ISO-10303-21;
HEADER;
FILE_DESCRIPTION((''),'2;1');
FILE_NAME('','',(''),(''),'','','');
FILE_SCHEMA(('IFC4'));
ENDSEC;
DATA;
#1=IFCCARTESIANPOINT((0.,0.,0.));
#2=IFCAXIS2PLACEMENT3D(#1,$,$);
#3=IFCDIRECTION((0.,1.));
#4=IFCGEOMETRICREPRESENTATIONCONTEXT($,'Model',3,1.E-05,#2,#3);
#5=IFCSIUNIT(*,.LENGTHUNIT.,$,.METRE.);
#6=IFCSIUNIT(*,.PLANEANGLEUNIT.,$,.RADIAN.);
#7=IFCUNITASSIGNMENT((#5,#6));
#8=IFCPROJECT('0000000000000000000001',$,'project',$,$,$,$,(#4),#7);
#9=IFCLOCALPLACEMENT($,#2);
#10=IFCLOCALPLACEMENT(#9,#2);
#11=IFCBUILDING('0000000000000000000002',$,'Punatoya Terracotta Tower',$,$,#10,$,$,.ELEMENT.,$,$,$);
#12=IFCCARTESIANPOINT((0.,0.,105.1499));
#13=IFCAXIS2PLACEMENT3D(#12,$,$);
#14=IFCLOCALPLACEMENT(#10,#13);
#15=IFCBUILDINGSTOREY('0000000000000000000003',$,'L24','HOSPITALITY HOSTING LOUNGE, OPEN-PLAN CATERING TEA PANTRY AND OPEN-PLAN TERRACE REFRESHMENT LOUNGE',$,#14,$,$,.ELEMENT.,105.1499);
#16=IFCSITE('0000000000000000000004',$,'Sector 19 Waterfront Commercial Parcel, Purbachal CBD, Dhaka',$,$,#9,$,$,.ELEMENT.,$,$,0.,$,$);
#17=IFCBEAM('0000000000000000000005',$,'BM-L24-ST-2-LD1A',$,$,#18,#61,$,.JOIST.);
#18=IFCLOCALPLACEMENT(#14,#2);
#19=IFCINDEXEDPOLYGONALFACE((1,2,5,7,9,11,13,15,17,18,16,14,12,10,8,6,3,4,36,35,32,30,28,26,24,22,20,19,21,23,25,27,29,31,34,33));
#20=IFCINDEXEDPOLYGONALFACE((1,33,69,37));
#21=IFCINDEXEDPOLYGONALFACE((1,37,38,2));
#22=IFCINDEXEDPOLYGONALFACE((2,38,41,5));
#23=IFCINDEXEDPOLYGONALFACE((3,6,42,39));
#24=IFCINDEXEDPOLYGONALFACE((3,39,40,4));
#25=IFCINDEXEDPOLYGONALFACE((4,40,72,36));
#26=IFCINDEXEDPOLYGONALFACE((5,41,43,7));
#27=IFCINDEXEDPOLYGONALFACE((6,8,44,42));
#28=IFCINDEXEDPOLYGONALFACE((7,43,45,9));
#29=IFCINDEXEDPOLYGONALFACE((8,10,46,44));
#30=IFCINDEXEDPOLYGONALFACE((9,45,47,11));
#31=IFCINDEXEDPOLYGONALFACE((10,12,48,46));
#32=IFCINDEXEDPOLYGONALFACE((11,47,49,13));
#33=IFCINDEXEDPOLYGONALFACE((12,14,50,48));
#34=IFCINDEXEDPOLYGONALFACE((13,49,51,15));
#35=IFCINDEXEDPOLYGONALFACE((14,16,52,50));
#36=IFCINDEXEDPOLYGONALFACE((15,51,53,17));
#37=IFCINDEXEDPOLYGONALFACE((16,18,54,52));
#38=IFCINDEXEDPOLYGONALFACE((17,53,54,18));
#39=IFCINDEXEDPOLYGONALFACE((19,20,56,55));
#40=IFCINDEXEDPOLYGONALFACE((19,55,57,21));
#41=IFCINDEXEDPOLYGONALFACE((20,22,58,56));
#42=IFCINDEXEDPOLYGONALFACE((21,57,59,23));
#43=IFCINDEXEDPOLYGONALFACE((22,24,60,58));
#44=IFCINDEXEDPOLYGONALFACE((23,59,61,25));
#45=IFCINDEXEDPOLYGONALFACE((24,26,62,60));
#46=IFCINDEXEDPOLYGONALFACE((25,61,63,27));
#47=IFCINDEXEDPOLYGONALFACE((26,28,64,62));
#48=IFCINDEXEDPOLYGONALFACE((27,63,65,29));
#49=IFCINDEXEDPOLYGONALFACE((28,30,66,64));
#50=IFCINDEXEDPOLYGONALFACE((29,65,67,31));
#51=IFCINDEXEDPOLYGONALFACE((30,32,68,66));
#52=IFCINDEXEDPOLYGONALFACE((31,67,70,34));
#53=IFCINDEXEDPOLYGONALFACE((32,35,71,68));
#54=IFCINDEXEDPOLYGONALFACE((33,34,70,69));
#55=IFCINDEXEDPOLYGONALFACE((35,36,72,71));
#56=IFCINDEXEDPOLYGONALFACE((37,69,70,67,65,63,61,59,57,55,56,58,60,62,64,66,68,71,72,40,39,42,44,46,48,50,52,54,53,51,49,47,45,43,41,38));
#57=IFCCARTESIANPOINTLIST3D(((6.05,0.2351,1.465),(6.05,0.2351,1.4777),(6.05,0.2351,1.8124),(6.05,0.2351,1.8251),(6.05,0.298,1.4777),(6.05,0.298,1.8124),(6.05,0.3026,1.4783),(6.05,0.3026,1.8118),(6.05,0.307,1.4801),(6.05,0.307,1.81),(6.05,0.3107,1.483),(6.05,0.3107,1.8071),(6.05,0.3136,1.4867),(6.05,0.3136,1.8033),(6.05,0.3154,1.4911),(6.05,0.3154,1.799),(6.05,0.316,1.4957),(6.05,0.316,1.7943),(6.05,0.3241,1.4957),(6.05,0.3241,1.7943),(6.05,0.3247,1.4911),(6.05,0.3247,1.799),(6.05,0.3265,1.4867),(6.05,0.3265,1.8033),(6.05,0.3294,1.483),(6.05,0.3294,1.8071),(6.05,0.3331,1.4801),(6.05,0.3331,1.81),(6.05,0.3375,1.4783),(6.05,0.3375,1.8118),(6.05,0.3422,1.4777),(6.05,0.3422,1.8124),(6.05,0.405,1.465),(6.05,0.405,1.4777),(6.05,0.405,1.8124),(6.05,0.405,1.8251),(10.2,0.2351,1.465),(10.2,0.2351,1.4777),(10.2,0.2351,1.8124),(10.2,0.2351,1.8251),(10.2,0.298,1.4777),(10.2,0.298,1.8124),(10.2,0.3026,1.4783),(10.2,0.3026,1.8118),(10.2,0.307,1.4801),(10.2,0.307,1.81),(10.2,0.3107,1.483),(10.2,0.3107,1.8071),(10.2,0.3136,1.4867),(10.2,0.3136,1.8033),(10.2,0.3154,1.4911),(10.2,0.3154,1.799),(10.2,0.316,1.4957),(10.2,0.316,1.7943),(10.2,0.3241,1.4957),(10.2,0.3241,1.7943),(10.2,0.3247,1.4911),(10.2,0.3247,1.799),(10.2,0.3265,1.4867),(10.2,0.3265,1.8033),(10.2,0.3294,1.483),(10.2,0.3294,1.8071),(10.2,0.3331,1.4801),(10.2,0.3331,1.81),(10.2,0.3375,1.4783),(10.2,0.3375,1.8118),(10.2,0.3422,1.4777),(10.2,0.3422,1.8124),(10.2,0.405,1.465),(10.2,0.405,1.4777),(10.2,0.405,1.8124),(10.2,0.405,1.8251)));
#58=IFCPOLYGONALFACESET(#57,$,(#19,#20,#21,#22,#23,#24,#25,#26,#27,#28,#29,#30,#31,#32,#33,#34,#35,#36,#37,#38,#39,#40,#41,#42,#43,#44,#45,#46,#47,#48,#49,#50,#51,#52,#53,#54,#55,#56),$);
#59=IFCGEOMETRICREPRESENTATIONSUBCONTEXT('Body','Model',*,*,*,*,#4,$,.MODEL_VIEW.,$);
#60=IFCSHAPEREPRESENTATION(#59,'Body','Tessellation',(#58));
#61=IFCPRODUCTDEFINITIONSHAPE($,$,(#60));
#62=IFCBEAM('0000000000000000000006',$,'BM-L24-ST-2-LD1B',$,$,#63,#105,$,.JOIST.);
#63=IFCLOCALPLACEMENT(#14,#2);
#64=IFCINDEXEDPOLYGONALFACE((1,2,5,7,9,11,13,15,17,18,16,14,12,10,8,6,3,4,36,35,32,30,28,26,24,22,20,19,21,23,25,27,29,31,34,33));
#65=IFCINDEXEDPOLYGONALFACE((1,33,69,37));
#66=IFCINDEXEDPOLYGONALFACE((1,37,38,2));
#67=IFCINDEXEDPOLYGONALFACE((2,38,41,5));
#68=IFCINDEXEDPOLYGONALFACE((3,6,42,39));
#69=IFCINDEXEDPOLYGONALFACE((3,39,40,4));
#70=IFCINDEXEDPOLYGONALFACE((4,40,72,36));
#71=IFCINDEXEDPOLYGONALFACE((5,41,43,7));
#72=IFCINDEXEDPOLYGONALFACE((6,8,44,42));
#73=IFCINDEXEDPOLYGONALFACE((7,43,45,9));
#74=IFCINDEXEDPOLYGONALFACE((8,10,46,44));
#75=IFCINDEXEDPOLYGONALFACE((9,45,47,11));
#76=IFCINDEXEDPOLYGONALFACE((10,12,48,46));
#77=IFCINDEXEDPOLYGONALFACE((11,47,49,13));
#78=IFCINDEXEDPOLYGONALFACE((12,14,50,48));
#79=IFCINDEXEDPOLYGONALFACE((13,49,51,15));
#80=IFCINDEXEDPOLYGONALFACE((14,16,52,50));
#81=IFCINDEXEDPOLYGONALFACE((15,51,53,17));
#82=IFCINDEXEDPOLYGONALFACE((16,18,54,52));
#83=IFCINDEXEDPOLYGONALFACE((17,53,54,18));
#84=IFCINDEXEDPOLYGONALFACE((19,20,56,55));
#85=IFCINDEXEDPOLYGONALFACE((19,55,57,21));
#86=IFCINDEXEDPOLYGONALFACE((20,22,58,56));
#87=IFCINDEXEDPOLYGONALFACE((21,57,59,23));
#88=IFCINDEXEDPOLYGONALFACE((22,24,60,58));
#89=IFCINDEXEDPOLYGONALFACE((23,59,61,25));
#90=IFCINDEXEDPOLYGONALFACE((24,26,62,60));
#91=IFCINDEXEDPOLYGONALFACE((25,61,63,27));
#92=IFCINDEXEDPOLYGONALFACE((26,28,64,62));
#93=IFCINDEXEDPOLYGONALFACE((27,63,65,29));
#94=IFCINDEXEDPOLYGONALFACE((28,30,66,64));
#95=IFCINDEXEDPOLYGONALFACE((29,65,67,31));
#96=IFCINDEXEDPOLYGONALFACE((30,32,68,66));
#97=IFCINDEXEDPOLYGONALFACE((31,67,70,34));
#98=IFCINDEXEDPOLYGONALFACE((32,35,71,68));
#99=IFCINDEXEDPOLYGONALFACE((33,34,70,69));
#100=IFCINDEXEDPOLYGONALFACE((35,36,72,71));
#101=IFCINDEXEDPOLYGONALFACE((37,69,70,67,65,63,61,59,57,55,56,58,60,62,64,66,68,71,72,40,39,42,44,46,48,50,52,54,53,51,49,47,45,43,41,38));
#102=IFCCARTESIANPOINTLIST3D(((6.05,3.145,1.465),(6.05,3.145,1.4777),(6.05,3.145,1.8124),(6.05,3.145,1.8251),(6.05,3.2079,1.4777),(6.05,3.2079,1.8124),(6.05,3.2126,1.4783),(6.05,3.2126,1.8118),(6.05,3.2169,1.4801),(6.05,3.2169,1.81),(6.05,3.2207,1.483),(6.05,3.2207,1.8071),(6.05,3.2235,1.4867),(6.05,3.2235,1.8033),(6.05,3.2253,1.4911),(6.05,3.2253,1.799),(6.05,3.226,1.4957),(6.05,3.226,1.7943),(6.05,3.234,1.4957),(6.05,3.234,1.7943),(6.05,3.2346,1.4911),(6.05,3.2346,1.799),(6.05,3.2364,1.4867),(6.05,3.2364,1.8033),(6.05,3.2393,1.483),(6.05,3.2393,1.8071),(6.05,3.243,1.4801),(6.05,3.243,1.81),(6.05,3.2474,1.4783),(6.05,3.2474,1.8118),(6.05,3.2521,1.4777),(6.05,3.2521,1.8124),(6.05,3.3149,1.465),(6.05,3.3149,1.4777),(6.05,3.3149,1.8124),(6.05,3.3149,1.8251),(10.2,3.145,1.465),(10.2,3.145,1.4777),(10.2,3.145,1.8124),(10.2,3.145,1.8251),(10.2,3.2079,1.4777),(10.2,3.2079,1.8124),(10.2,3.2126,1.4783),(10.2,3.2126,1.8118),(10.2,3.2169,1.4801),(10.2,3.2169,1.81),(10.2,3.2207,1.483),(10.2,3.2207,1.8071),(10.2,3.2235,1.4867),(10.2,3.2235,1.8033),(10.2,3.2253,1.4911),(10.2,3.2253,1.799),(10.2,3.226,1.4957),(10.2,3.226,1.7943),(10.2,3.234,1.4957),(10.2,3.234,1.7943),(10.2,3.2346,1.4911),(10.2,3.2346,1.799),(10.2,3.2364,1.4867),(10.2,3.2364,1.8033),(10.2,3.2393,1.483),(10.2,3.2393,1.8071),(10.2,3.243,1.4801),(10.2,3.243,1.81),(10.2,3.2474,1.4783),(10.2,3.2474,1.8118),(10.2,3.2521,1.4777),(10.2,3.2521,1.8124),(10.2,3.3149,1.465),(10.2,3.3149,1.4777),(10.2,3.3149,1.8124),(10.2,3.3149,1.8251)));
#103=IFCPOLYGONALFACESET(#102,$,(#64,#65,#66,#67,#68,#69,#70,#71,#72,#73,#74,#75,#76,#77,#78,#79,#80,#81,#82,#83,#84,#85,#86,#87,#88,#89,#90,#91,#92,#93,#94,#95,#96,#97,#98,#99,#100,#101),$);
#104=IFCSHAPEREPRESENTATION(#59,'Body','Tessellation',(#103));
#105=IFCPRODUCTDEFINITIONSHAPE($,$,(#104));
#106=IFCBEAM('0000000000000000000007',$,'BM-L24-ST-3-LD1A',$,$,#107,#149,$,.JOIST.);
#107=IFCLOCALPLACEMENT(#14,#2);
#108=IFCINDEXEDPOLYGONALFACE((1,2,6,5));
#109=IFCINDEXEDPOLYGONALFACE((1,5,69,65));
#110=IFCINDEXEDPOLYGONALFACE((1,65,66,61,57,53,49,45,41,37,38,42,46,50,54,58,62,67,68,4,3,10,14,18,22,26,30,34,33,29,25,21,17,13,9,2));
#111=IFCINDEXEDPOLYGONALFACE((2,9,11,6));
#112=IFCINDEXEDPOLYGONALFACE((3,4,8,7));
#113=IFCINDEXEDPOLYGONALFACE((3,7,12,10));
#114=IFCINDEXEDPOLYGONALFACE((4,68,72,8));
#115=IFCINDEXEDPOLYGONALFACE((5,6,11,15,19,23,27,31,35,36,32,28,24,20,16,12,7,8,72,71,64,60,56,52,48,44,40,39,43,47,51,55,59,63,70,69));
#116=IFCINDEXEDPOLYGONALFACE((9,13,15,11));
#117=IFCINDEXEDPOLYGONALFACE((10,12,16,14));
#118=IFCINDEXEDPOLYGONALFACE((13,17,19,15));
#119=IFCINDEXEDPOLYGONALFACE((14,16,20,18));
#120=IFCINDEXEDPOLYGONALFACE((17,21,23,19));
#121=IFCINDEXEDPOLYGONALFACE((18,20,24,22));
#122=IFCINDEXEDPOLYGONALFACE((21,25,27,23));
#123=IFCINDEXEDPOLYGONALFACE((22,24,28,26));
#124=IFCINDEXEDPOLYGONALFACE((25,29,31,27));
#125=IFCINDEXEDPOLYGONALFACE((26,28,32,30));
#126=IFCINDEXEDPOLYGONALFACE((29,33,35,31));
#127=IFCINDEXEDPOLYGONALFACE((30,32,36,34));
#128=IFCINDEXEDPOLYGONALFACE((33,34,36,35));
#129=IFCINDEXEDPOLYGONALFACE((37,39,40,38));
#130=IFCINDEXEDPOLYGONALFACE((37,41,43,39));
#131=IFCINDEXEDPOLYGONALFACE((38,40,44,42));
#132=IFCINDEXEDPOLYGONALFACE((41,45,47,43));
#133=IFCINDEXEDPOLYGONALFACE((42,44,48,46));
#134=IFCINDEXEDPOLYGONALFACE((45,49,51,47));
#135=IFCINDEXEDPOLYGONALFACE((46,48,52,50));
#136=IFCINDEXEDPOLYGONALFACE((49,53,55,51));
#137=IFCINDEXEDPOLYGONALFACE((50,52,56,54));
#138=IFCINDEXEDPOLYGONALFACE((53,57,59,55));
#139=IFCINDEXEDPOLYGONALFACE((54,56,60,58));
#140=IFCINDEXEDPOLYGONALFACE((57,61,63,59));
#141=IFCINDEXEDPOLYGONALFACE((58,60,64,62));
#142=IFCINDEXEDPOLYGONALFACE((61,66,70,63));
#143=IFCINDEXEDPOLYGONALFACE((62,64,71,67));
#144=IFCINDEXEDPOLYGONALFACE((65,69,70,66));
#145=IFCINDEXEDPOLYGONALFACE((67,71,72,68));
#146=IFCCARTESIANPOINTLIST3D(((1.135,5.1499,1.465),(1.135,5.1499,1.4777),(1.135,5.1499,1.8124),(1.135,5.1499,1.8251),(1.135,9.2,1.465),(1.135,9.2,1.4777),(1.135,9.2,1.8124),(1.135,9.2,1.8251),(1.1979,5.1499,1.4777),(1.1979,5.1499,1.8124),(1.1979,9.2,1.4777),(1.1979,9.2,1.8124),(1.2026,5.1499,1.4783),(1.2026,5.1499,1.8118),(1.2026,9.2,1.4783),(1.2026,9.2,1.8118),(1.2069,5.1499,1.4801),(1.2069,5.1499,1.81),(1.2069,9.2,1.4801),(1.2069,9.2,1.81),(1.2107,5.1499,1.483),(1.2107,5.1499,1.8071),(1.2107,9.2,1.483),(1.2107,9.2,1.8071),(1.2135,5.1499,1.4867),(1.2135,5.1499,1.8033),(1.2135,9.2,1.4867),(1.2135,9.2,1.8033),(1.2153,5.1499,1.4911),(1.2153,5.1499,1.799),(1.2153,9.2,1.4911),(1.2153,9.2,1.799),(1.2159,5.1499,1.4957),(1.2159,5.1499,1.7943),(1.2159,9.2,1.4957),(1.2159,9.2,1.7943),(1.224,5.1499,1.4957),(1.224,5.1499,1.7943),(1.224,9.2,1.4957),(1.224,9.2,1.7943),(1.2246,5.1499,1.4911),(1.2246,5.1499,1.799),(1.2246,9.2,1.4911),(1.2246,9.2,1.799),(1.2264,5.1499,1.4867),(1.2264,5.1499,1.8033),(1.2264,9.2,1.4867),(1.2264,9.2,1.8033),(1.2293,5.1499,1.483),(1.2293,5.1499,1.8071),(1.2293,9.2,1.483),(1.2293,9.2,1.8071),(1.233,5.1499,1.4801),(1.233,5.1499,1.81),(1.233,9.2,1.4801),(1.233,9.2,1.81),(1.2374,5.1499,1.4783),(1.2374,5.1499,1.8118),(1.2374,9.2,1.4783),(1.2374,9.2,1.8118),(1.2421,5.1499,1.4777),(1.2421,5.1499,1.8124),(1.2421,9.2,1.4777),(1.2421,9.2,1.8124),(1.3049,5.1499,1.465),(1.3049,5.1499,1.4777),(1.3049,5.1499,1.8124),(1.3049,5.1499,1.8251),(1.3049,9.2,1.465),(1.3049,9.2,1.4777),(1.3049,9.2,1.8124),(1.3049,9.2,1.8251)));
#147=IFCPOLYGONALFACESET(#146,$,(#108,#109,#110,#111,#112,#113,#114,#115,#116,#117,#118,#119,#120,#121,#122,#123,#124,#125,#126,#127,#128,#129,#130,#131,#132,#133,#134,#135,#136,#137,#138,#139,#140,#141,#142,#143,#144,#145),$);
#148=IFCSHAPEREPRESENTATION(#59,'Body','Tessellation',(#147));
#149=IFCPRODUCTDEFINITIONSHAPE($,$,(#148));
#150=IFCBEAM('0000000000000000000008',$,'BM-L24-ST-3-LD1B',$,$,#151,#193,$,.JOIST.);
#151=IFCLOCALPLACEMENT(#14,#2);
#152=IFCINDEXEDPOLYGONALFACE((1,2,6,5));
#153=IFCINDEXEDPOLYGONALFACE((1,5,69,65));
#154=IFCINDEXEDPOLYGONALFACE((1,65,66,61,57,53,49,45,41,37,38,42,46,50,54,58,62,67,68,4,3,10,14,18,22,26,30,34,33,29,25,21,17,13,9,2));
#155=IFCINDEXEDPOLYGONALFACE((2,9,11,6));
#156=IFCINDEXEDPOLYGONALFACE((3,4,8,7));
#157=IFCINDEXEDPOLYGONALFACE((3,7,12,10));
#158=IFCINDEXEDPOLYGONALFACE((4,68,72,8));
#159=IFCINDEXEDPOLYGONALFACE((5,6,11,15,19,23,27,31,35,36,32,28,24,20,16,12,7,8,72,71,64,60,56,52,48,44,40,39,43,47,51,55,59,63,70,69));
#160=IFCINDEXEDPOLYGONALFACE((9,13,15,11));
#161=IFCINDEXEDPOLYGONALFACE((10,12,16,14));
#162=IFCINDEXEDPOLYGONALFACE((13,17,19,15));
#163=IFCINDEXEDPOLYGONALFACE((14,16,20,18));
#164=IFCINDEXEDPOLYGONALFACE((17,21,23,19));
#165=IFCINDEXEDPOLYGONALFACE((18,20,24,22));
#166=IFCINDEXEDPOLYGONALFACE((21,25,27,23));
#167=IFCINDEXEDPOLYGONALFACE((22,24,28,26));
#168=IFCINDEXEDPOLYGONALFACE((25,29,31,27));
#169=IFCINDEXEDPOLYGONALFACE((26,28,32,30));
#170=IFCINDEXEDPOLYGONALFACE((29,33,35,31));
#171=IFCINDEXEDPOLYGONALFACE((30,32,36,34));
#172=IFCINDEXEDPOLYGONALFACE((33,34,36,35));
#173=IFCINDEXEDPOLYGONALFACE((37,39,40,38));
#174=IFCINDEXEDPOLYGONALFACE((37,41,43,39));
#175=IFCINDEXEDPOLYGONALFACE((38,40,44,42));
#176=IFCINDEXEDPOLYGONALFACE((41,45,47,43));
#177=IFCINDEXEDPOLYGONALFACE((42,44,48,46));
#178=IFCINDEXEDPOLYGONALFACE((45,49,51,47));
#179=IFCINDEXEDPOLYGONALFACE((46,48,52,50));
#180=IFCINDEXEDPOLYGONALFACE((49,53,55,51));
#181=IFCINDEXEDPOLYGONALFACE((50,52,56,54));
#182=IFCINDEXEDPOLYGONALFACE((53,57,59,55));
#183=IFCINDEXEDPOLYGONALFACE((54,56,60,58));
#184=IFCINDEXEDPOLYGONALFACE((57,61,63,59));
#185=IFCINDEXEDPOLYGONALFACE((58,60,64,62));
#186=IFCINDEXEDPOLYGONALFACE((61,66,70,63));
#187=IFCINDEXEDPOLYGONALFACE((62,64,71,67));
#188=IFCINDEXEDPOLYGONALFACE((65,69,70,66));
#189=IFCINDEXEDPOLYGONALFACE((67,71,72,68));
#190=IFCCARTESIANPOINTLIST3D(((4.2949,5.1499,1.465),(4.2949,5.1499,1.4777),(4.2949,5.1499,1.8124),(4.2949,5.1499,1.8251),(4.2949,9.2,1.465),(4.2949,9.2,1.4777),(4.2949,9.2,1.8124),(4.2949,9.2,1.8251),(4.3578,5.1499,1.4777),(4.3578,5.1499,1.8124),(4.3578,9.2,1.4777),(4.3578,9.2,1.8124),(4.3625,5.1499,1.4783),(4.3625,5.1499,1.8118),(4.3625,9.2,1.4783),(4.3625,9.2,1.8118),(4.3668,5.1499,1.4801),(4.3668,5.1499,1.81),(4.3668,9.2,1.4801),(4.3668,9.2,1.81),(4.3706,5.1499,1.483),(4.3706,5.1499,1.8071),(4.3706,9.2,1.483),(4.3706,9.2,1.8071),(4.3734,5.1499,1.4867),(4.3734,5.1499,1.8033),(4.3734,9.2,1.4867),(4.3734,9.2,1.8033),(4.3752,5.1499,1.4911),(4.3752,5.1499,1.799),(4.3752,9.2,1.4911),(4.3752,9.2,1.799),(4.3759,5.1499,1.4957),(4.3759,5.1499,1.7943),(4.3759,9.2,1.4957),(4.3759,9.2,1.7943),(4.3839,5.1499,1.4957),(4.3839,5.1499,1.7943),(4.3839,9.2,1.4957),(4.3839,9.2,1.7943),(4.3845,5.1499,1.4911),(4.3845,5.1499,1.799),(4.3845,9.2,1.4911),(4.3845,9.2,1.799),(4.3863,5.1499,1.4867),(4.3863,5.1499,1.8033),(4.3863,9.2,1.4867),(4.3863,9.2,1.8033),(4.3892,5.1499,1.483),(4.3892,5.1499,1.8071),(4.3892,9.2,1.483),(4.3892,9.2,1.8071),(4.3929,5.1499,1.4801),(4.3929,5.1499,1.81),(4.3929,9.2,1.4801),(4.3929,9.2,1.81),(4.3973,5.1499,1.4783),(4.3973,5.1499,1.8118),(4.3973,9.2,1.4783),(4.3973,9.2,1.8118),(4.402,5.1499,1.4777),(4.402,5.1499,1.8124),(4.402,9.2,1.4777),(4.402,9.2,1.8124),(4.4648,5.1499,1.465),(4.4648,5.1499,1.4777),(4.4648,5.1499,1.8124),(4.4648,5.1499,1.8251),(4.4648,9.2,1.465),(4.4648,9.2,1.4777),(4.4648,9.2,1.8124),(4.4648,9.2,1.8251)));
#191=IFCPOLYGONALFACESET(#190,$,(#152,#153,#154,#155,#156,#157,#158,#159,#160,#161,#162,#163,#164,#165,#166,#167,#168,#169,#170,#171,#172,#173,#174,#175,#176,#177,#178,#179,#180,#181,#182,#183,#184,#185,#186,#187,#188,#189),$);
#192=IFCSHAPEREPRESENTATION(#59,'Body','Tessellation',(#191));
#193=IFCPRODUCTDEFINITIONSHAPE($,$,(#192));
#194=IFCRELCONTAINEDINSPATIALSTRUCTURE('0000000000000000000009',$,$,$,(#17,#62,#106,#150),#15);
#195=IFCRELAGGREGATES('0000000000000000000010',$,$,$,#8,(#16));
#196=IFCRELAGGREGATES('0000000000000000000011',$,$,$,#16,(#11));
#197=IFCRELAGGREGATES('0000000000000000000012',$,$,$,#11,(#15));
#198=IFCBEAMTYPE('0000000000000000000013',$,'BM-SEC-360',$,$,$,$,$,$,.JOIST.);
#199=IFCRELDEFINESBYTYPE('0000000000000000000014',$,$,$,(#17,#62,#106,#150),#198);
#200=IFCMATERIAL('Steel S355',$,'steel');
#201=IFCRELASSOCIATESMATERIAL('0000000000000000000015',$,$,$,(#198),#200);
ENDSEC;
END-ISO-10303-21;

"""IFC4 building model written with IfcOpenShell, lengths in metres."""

from ifc_helpers import new_model, si_unit, direction, frame, origin, origin_2d, place, context, subcontext, project, spatial, i_section, extrude, material, material_profile, profile_set, type_object, element, save


model = new_model("IFC4")

# Units and contexts
model_context = context("Model", 3, precision=1e-05, world=origin(), true_north=direction((0.0, 1.0)))
body_context = subcontext(model_context, "Body", "Model", "MODEL_VIEW")
ifc_project = project(units=[si_unit("LENGTHUNIT", "METRE"), si_unit("PLANEANGLEUNIT", "RADIAN")], contexts=[model_context])

# Site, building, storey
site_placement = place(None, origin())
site = spatial("IfcSite", under=ifc_project, at=site_placement, Name="Sector 19 Waterfront Commercial Parcel, Purbachal CBD, Dhaka", CompositionType="ELEMENT", RefElevation=0.0)
building_placement = place(site_placement, origin())
building = spatial("IfcBuilding", under=site, at=building_placement, Name="Punatoya Terracotta Tower", CompositionType="ELEMENT")
storey_placement = place(building_placement, frame((0.0, 0.0, 105.1499)))
storey = spatial("IfcBuildingStorey", under=building, at=storey_placement, Name="L24", Description="HOSPITALITY HOSTING LOUNGE, OPEN-PLAN CATERING TEA PANTRY AND OPEN-PLAN TERRACE REFRESHMENT LOUNGE", CompositionType="ELEMENT", Elevation=105.1499)

# Beams
ifc_material_1 = material(Name="Steel S355", Category="steel")
ifc_material_profile_1 = material_profile(ifc_material_1, i_section(OverallWidth=0.1699, OverallDepth=0.3601, WebThickness=0.0081, FlangeThickness=0.0127, FilletRadius=0.0181, at=origin_2d()))
ifc_profile_set_1 = profile_set([ifc_material_profile_1], Name="Steel S355")
beam_type_1 = type_object("IfcBeamType", Name="BM-SEC-360", PredefinedType="JOIST", material=ifc_profile_set_1)
for number, where, z_axis, x_axis, name in (
    (1, (6.05, 0.3201, 1.645), (1.0, 0.0, 0.0), (0.0, 1.0, 0.0), "BM-L24-ST-2-LD1A"),
    (2, (6.05, 3.23, 1.645), (1.0, 0.0, 0.0), (0.0, 1.0, 0.0), "BM-L24-ST-2-LD1B"),
):
    element("IfcBeam", number, at=place(storey_placement, frame(where, z_axis=z_axis, x_axis=x_axis)), inside=storey, type_object=beam_type_1, Name=name, PredefinedType="JOIST", context=body_context, shape_type="SweptSolid", body=[
        extrude(i_section(OverallWidth=0.1699, OverallDepth=0.3601, WebThickness=0.0081, FlangeThickness=0.0127, FilletRadius=0.0181, at=origin_2d()), origin(), (0.0, 0.0, 1.0), 4.1499),
    ])
for number, where, z_axis, x_axis, name in (
    (3, (1.22, 5.1499, 1.645), (0.0, 1.0, 0.0), (-1.0, 0.0, 0.0), "BM-L24-ST-3-LD1A"),
    (4, (4.3799, 5.1499, 1.645), (0.0, 1.0, 0.0), (-1.0, 0.0, 0.0), "BM-L24-ST-3-LD1B"),
):
    element("IfcBeam", number, at=place(storey_placement, frame(where, z_axis=z_axis, x_axis=x_axis)), inside=storey, type_object=beam_type_1, Name=name, PredefinedType="JOIST", context=body_context, shape_type="SweptSolid", body=[
        extrude(i_section(OverallWidth=0.1699, OverallDepth=0.3601, WebThickness=0.0081, FlangeThickness=0.0127, FilletRadius=0.0181, at=origin_2d()), origin(), (0.0, 0.0, 1.0), 4.05),
    ])

save(model, "model.ifc")
